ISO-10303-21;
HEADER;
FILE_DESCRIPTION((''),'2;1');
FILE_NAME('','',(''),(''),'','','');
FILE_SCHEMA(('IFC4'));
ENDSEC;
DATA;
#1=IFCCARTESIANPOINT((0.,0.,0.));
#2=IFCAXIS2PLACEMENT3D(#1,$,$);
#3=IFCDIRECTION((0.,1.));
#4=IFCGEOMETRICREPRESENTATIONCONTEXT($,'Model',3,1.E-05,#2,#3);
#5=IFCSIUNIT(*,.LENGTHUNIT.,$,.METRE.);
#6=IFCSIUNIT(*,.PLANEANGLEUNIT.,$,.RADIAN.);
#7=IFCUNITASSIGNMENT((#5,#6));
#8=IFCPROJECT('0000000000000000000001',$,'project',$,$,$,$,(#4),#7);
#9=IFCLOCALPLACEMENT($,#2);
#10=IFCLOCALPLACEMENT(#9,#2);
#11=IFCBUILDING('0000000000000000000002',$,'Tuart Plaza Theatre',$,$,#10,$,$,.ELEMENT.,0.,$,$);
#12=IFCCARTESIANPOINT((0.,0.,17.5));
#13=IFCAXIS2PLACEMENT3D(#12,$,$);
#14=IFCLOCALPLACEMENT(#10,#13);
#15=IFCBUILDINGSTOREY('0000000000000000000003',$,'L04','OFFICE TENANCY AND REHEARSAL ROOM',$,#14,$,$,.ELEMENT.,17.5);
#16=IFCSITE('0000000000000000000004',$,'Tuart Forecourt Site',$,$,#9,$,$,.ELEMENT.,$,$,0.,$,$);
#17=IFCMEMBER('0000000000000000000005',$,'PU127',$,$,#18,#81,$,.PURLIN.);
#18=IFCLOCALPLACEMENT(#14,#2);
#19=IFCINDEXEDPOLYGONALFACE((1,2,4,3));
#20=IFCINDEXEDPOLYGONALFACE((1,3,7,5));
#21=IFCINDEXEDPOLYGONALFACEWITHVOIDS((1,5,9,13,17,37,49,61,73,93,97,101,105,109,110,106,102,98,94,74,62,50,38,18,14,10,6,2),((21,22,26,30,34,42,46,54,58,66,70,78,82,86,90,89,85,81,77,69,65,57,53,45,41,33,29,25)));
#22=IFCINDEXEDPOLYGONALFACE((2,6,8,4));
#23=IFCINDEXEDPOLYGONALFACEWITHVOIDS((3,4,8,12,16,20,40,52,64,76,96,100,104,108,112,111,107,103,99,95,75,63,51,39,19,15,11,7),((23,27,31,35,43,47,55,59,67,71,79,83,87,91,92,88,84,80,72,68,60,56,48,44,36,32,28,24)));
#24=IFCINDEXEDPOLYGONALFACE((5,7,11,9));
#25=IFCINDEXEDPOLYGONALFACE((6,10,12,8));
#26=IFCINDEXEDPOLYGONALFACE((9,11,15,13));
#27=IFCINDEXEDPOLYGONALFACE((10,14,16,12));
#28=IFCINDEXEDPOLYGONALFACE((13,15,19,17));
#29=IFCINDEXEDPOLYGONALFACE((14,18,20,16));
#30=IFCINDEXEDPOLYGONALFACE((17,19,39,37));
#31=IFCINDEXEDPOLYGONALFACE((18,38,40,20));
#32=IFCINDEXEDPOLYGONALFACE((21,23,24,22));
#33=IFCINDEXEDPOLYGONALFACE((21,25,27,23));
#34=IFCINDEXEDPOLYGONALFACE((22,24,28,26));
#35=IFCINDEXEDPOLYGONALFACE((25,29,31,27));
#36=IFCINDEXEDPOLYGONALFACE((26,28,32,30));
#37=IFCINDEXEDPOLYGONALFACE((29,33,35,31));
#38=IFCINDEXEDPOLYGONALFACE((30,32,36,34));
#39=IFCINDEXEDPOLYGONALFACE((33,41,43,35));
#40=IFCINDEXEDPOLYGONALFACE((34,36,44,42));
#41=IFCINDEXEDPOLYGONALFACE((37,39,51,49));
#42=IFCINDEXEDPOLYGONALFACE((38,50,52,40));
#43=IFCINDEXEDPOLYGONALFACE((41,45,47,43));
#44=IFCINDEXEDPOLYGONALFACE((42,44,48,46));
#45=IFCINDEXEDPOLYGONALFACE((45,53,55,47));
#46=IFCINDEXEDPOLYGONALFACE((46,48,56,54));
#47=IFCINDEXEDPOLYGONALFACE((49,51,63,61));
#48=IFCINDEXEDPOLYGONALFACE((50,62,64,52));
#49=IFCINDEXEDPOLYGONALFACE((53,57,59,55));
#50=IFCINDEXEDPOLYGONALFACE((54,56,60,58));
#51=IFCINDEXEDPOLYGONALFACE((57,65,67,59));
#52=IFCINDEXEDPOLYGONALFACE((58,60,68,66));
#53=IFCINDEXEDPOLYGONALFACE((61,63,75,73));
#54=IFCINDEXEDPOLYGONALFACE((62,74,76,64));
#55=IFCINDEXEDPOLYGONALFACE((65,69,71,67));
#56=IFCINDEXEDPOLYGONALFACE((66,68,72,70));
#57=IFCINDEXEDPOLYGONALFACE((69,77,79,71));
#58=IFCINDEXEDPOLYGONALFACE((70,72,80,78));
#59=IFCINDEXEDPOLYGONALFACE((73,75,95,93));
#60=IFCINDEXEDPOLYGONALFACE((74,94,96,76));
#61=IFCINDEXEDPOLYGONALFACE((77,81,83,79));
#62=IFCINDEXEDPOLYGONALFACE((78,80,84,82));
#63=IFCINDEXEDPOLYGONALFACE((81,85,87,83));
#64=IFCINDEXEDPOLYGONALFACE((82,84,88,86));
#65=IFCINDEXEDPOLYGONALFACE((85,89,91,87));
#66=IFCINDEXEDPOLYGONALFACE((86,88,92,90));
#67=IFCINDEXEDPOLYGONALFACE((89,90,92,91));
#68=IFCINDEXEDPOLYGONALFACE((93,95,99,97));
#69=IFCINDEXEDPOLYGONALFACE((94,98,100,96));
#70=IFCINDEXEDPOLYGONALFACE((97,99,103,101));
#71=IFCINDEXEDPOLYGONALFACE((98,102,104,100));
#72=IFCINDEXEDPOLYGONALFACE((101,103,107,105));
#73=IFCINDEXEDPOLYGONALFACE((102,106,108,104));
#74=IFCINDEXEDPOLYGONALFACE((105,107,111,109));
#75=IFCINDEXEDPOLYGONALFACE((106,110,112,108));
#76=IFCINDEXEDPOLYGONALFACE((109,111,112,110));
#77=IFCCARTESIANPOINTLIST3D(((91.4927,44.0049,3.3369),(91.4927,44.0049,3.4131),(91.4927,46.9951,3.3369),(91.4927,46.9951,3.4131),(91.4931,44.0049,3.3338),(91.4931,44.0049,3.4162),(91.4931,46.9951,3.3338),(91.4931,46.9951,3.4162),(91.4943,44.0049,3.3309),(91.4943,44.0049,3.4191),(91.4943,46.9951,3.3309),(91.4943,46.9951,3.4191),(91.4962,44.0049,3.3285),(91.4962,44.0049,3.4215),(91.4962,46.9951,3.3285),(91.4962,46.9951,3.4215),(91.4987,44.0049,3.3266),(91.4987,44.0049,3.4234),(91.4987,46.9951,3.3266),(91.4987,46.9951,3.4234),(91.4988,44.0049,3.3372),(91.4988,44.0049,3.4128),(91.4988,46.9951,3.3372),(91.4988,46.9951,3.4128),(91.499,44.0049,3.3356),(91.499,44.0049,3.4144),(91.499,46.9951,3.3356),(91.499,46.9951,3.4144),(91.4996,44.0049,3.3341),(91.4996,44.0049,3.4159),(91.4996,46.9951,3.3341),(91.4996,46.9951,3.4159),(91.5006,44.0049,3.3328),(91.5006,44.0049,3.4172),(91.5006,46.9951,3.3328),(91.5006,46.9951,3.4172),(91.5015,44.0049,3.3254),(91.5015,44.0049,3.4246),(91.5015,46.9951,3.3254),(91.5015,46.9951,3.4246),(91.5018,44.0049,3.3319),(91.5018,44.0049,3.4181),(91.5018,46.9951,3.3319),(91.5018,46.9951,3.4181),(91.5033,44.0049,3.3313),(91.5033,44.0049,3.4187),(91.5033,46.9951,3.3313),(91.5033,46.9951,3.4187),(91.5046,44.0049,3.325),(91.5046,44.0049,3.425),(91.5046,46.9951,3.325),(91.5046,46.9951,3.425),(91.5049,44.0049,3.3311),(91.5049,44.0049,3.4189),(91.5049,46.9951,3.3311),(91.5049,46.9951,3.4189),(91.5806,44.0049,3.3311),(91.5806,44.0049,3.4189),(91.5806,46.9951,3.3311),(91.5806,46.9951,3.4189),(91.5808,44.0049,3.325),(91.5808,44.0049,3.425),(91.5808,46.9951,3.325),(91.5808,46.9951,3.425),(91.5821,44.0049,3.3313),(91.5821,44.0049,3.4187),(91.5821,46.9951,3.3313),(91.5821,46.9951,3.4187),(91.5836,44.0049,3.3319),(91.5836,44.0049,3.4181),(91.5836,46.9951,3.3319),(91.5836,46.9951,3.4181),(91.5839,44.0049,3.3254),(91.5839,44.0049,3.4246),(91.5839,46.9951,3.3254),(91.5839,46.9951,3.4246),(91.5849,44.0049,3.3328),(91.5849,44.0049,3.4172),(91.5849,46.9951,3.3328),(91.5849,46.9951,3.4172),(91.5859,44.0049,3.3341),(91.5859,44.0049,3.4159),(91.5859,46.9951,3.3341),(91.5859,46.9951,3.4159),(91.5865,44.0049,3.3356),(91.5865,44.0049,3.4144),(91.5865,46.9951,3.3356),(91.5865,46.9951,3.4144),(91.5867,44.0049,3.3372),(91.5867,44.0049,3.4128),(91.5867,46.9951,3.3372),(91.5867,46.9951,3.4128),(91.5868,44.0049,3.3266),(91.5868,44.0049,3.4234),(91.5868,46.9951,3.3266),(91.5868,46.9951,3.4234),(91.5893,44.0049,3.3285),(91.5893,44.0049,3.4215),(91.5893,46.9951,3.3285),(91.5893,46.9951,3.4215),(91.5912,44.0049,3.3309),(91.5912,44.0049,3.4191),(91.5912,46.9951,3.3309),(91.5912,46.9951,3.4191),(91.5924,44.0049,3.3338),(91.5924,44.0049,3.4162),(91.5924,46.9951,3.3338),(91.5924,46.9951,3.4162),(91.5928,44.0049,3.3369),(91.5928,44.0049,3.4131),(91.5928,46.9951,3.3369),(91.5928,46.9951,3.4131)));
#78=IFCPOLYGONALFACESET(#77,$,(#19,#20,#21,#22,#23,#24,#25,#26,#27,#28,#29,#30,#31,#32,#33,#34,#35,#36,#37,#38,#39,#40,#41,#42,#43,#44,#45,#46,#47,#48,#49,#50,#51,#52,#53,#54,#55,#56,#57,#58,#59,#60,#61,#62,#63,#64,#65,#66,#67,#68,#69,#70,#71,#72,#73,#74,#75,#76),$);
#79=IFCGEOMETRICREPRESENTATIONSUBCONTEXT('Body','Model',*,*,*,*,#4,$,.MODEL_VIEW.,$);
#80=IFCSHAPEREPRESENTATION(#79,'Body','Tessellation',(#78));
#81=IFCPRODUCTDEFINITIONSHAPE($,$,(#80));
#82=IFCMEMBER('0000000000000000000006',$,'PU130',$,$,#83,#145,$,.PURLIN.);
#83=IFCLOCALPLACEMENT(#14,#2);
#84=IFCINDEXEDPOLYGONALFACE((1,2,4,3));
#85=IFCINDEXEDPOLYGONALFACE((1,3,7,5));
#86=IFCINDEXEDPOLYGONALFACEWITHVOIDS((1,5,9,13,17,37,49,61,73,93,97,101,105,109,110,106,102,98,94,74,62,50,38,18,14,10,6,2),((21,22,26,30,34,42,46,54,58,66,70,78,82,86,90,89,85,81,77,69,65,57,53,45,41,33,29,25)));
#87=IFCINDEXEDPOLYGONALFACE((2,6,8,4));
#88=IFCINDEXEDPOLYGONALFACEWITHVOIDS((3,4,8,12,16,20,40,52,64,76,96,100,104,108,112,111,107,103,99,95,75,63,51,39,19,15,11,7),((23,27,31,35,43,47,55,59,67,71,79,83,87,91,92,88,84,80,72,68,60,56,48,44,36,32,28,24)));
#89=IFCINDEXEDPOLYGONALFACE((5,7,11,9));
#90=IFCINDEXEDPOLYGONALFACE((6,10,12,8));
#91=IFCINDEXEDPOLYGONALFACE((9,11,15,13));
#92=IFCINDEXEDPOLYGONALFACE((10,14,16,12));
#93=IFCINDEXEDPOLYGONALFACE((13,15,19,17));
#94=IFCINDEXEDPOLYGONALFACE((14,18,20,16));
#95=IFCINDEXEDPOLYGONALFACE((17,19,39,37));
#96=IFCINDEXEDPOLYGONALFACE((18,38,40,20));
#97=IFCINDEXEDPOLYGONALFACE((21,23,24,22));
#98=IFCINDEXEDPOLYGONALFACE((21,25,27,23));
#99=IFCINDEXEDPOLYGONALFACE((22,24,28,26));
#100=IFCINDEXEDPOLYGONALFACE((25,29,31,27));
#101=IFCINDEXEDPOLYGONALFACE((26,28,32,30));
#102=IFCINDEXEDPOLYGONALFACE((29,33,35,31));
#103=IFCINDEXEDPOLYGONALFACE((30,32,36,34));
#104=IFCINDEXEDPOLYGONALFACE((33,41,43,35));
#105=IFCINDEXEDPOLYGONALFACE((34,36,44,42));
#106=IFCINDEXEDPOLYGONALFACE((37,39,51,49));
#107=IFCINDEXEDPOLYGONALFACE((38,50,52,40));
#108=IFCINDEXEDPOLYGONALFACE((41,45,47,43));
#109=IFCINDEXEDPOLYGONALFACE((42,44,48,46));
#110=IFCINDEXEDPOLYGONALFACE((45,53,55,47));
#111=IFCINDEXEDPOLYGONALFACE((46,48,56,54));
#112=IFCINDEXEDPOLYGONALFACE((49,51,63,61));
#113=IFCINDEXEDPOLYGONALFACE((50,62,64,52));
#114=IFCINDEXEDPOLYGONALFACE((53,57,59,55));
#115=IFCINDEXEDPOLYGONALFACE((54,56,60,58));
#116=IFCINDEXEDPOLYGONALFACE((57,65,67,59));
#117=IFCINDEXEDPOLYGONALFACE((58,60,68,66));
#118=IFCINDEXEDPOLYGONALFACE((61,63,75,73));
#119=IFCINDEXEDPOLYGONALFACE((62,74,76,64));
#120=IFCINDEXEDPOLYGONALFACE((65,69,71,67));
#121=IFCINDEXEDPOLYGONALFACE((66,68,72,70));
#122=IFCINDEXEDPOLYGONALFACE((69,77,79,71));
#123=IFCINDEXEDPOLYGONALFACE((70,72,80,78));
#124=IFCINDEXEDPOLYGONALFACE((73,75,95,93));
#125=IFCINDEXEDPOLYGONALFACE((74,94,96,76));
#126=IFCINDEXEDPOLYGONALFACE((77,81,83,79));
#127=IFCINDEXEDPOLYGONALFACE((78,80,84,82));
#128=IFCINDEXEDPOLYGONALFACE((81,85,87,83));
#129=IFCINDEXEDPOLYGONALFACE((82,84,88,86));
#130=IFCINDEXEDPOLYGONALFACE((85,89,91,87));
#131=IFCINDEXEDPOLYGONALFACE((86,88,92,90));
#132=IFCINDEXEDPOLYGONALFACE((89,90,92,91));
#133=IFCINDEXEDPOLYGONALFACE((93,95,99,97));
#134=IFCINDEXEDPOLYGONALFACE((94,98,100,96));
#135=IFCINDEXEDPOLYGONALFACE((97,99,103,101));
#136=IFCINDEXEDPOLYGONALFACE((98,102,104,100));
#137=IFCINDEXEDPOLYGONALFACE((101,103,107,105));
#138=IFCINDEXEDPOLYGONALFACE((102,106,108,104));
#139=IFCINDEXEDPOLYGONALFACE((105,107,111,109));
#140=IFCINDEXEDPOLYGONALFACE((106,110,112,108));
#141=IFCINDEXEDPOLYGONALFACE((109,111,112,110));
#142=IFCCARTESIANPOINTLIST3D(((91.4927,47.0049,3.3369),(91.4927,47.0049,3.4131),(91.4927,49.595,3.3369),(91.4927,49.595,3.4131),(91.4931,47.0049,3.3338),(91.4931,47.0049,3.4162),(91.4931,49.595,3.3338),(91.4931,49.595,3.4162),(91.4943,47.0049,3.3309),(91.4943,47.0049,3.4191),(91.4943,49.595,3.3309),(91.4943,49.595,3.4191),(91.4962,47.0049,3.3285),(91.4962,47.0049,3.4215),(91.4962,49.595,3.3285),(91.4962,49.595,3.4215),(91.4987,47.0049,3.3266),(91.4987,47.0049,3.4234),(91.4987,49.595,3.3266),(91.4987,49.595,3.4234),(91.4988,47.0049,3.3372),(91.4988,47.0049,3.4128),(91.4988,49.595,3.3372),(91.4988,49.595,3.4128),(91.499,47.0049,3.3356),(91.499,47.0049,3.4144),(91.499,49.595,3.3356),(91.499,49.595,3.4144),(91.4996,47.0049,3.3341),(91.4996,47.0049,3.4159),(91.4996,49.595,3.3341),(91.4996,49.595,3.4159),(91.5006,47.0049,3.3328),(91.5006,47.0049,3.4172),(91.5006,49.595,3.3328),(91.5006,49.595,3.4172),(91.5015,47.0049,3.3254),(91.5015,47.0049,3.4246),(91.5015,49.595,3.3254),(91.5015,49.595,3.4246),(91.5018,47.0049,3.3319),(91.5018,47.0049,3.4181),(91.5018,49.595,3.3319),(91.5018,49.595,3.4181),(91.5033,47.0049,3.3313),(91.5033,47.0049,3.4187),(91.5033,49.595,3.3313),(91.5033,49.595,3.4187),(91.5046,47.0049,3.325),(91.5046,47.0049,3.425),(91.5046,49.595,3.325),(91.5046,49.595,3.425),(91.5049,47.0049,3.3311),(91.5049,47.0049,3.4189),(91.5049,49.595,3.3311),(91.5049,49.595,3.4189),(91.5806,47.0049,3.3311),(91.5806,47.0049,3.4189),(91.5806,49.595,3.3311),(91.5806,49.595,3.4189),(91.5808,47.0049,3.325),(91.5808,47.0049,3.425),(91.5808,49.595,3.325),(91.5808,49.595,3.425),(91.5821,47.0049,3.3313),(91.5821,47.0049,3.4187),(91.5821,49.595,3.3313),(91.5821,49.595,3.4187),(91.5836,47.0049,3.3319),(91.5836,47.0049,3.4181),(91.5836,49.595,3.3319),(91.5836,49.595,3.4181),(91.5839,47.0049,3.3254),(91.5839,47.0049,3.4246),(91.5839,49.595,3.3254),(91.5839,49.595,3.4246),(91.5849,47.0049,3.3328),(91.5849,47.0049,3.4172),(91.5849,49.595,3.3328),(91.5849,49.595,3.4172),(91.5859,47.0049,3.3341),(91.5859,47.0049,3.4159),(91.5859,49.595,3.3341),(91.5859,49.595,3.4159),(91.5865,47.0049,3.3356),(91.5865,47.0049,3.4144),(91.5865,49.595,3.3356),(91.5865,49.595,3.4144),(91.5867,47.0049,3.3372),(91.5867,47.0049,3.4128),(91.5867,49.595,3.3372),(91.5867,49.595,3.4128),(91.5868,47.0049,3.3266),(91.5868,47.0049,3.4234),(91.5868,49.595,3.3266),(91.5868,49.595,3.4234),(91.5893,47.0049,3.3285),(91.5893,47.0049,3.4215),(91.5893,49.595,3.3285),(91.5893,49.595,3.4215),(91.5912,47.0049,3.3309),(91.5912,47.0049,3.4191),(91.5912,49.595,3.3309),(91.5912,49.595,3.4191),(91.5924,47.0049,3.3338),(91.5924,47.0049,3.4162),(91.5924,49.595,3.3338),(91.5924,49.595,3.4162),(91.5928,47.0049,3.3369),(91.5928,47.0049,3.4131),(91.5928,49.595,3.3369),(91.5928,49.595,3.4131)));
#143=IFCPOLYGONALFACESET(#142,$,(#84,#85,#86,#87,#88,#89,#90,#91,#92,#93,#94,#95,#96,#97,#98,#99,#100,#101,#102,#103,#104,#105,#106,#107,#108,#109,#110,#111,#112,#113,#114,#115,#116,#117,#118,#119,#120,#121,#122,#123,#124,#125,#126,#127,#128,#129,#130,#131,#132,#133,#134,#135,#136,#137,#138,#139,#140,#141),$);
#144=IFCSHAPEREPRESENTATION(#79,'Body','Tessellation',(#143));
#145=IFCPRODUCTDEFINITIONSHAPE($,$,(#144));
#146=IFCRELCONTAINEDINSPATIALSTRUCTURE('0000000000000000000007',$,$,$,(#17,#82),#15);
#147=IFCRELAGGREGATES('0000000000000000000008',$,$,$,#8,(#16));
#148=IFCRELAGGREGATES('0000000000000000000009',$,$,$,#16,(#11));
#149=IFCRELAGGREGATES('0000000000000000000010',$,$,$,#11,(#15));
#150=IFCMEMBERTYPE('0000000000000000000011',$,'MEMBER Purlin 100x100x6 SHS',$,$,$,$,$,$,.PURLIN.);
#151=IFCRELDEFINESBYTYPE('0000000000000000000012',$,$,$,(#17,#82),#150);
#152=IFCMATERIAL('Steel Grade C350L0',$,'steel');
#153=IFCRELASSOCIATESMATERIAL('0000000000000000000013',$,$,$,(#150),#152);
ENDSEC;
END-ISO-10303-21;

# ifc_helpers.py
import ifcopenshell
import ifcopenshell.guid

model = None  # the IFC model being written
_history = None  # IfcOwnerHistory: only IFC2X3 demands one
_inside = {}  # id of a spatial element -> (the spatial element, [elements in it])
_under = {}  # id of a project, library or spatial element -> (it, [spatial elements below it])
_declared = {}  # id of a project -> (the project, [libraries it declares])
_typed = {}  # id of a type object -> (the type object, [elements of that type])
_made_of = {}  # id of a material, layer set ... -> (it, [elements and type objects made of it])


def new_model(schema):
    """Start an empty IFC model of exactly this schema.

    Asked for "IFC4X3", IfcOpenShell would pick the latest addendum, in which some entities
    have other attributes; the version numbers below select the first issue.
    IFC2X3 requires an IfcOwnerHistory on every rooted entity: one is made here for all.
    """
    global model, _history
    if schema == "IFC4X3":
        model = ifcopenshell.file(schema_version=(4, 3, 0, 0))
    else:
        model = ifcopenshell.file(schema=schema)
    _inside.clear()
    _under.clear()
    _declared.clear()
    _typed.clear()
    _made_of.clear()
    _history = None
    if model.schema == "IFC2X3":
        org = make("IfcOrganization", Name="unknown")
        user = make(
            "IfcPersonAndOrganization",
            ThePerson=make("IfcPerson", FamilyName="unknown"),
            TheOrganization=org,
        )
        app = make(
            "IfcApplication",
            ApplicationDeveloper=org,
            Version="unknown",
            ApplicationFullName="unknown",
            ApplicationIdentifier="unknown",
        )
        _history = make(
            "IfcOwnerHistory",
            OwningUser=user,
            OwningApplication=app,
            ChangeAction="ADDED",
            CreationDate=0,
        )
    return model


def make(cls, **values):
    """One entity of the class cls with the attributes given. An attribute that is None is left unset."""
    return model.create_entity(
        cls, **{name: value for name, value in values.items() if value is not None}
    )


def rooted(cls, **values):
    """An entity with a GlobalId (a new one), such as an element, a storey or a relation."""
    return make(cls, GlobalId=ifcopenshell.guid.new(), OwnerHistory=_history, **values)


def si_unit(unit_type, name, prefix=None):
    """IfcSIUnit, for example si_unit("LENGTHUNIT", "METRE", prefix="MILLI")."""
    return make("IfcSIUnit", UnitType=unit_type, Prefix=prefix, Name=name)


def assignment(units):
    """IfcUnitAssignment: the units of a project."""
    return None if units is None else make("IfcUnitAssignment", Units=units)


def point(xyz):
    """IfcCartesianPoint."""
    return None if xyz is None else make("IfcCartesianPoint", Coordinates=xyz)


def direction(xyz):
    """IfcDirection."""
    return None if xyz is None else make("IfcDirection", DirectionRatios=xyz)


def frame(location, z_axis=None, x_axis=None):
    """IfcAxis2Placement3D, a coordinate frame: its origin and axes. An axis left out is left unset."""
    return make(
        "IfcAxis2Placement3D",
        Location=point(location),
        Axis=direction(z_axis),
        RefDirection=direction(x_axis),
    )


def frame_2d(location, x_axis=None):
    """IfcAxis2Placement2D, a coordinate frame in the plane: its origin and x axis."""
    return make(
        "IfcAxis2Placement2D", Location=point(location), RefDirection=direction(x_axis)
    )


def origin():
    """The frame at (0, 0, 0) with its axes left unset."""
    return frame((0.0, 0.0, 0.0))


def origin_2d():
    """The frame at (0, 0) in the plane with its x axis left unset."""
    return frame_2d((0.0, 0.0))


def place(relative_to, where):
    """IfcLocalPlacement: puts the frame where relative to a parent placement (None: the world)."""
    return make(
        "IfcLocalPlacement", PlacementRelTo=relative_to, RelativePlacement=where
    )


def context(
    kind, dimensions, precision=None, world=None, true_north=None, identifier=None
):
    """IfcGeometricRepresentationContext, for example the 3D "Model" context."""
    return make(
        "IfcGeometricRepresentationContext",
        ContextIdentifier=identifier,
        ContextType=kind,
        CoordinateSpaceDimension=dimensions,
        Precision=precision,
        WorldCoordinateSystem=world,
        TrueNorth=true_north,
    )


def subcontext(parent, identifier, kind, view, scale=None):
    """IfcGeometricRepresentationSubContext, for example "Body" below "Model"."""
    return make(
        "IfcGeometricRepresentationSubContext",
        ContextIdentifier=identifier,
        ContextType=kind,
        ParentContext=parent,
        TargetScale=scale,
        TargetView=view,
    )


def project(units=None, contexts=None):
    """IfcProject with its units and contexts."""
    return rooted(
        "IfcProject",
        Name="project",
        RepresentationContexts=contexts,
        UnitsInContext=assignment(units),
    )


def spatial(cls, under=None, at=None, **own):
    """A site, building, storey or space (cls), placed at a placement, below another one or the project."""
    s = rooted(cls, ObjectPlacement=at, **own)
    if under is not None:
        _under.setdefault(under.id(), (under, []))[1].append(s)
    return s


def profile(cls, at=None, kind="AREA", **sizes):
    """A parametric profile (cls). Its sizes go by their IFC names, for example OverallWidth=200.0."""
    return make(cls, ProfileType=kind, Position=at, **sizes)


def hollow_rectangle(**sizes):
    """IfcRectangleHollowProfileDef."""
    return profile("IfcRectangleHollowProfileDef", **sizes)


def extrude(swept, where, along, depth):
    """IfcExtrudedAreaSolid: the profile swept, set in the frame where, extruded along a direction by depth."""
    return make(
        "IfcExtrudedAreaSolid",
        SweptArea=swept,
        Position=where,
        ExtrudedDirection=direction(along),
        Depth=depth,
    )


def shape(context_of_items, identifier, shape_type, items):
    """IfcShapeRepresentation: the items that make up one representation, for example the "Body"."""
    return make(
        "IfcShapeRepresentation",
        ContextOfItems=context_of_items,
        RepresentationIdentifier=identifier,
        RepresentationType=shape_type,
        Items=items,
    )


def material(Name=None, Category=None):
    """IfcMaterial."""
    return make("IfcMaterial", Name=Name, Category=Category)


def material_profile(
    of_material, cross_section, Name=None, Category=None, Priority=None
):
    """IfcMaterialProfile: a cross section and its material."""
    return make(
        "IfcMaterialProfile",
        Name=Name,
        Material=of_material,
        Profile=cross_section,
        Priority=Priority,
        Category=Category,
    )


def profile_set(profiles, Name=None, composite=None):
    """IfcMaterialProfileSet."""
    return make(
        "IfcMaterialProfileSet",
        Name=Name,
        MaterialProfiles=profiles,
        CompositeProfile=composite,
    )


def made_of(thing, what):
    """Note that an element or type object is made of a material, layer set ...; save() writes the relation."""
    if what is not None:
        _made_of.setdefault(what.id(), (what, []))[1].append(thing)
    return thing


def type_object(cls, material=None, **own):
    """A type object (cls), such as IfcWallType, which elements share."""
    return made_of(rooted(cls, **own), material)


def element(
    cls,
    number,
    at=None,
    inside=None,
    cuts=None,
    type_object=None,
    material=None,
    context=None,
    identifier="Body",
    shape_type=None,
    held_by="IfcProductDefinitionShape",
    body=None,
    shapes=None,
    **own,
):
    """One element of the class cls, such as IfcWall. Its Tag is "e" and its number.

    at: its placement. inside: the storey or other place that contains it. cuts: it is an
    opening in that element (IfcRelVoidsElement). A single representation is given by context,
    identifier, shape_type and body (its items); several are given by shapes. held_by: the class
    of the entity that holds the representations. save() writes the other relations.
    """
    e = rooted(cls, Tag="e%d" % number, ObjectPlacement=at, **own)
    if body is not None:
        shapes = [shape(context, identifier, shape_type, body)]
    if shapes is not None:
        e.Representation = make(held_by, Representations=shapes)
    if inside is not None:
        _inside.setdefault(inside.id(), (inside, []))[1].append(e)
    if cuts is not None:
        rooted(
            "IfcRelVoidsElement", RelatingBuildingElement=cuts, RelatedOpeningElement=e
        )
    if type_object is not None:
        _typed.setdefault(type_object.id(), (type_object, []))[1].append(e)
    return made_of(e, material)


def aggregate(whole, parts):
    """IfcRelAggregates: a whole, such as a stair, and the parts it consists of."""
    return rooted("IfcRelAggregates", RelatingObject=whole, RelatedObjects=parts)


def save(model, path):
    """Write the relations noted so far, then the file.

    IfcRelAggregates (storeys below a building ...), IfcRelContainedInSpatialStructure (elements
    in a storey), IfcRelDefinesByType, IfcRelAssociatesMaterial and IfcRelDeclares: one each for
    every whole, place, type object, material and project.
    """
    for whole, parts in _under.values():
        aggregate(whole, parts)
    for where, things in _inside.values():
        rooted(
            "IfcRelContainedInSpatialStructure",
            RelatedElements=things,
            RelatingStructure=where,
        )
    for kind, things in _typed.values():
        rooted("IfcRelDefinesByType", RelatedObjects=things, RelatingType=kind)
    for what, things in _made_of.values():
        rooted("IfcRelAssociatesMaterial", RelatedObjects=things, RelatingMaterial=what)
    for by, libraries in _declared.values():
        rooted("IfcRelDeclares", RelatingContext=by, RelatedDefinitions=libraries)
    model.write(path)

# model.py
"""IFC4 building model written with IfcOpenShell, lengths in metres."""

from ifc_helpers import new_model, si_unit, direction, frame, origin, origin_2d, place, context, subcontext, project, spatial, hollow_rectangle, extrude, material, material_profile, profile_set, type_object, element, save


model = new_model("IFC4")

# Units and contexts
model_context = context("Model", 3, precision=1e-05, world=origin(), true_north=direction((0.0, 1.0)))
body_context = subcontext(model_context, "Body", "Model", "MODEL_VIEW")
ifc_project = project(units=[si_unit("LENGTHUNIT", "METRE"), si_unit("PLANEANGLEUNIT", "RADIAN")], contexts=[model_context])

# Site, building, storey
site_placement = place(None, origin())
site = spatial("IfcSite", under=ifc_project, at=site_placement, Name="Tuart Forecourt Site", CompositionType="ELEMENT", RefElevation=0.0)
building_placement = place(site_placement, origin())
building = spatial("IfcBuilding", under=site, at=building_placement, Name="Tuart Plaza Theatre", CompositionType="ELEMENT", ElevationOfRefHeight=0.0)
storey_placement = place(building_placement, frame((0.0, 0.0, 17.5)))
storey = spatial("IfcBuildingStorey", under=building, at=storey_placement, Name="L04", Description="OFFICE TENANCY AND REHEARSAL ROOM", CompositionType="ELEMENT", Elevation=17.5)

# Members
ifc_material_1 = material(Name="Steel Grade C350L0", Category="steel")
ifc_material_profile_1 = material_profile(ifc_material_1, hollow_rectangle(XDim=0.1001, YDim=0.1001, WallThickness=0.0061, InnerFilletRadius=0.0061, OuterFilletRadius=0.012, at=origin_2d()), Name="100x100x6 SHS")
ifc_profile_set_1 = profile_set([ifc_material_profile_1], Name="Steel Grade C350L0")
member_type_1 = type_object("IfcMemberType", Name="MEMBER Purlin 100x100x6 SHS", PredefinedType="PURLIN", material=ifc_profile_set_1)
for number, where, z_axis, x_axis, name in (
    (1, (91.5427, 44.0049, 3.375), (0.0, 1.0, 0.0), (-1.0, 0.0, 0.0), "PU127"),
):
    element("IfcMember", number, at=place(storey_placement, frame(where, z_axis=z_axis, x_axis=x_axis)), inside=storey, type_object=member_type_1, Name=name, PredefinedType="PURLIN", context=body_context, shape_type="SweptSolid", body=[
        extrude(hollow_rectangle(XDim=0.1001, YDim=0.1001, WallThickness=0.0061, InnerFilletRadius=0.0061, OuterFilletRadius=0.012, at=origin_2d()), origin(), (0.0, 0.0, 1.0), 2.9902),
    ])
member_1_placement = place(storey_placement, frame((91.5427, 47.0049, 3.375), z_axis=(0.0, 1.0, 0.0), x_axis=(-1.0, 0.0, 0.0)))
element("IfcMember", 2, at=member_1_placement, inside=storey, type_object=member_type_1, Name="PU130", PredefinedType="PURLIN", context=body_context, shape_type="SweptSolid", body=[
    extrude(hollow_rectangle(XDim=0.1001, YDim=0.1001, WallThickness=0.0061, InnerFilletRadius=0.0061, OuterFilletRadius=0.012, at=origin_2d()), origin(), (0.0, 0.0, 1.0), 2.5901),
])

save(model, "model.ifc")
